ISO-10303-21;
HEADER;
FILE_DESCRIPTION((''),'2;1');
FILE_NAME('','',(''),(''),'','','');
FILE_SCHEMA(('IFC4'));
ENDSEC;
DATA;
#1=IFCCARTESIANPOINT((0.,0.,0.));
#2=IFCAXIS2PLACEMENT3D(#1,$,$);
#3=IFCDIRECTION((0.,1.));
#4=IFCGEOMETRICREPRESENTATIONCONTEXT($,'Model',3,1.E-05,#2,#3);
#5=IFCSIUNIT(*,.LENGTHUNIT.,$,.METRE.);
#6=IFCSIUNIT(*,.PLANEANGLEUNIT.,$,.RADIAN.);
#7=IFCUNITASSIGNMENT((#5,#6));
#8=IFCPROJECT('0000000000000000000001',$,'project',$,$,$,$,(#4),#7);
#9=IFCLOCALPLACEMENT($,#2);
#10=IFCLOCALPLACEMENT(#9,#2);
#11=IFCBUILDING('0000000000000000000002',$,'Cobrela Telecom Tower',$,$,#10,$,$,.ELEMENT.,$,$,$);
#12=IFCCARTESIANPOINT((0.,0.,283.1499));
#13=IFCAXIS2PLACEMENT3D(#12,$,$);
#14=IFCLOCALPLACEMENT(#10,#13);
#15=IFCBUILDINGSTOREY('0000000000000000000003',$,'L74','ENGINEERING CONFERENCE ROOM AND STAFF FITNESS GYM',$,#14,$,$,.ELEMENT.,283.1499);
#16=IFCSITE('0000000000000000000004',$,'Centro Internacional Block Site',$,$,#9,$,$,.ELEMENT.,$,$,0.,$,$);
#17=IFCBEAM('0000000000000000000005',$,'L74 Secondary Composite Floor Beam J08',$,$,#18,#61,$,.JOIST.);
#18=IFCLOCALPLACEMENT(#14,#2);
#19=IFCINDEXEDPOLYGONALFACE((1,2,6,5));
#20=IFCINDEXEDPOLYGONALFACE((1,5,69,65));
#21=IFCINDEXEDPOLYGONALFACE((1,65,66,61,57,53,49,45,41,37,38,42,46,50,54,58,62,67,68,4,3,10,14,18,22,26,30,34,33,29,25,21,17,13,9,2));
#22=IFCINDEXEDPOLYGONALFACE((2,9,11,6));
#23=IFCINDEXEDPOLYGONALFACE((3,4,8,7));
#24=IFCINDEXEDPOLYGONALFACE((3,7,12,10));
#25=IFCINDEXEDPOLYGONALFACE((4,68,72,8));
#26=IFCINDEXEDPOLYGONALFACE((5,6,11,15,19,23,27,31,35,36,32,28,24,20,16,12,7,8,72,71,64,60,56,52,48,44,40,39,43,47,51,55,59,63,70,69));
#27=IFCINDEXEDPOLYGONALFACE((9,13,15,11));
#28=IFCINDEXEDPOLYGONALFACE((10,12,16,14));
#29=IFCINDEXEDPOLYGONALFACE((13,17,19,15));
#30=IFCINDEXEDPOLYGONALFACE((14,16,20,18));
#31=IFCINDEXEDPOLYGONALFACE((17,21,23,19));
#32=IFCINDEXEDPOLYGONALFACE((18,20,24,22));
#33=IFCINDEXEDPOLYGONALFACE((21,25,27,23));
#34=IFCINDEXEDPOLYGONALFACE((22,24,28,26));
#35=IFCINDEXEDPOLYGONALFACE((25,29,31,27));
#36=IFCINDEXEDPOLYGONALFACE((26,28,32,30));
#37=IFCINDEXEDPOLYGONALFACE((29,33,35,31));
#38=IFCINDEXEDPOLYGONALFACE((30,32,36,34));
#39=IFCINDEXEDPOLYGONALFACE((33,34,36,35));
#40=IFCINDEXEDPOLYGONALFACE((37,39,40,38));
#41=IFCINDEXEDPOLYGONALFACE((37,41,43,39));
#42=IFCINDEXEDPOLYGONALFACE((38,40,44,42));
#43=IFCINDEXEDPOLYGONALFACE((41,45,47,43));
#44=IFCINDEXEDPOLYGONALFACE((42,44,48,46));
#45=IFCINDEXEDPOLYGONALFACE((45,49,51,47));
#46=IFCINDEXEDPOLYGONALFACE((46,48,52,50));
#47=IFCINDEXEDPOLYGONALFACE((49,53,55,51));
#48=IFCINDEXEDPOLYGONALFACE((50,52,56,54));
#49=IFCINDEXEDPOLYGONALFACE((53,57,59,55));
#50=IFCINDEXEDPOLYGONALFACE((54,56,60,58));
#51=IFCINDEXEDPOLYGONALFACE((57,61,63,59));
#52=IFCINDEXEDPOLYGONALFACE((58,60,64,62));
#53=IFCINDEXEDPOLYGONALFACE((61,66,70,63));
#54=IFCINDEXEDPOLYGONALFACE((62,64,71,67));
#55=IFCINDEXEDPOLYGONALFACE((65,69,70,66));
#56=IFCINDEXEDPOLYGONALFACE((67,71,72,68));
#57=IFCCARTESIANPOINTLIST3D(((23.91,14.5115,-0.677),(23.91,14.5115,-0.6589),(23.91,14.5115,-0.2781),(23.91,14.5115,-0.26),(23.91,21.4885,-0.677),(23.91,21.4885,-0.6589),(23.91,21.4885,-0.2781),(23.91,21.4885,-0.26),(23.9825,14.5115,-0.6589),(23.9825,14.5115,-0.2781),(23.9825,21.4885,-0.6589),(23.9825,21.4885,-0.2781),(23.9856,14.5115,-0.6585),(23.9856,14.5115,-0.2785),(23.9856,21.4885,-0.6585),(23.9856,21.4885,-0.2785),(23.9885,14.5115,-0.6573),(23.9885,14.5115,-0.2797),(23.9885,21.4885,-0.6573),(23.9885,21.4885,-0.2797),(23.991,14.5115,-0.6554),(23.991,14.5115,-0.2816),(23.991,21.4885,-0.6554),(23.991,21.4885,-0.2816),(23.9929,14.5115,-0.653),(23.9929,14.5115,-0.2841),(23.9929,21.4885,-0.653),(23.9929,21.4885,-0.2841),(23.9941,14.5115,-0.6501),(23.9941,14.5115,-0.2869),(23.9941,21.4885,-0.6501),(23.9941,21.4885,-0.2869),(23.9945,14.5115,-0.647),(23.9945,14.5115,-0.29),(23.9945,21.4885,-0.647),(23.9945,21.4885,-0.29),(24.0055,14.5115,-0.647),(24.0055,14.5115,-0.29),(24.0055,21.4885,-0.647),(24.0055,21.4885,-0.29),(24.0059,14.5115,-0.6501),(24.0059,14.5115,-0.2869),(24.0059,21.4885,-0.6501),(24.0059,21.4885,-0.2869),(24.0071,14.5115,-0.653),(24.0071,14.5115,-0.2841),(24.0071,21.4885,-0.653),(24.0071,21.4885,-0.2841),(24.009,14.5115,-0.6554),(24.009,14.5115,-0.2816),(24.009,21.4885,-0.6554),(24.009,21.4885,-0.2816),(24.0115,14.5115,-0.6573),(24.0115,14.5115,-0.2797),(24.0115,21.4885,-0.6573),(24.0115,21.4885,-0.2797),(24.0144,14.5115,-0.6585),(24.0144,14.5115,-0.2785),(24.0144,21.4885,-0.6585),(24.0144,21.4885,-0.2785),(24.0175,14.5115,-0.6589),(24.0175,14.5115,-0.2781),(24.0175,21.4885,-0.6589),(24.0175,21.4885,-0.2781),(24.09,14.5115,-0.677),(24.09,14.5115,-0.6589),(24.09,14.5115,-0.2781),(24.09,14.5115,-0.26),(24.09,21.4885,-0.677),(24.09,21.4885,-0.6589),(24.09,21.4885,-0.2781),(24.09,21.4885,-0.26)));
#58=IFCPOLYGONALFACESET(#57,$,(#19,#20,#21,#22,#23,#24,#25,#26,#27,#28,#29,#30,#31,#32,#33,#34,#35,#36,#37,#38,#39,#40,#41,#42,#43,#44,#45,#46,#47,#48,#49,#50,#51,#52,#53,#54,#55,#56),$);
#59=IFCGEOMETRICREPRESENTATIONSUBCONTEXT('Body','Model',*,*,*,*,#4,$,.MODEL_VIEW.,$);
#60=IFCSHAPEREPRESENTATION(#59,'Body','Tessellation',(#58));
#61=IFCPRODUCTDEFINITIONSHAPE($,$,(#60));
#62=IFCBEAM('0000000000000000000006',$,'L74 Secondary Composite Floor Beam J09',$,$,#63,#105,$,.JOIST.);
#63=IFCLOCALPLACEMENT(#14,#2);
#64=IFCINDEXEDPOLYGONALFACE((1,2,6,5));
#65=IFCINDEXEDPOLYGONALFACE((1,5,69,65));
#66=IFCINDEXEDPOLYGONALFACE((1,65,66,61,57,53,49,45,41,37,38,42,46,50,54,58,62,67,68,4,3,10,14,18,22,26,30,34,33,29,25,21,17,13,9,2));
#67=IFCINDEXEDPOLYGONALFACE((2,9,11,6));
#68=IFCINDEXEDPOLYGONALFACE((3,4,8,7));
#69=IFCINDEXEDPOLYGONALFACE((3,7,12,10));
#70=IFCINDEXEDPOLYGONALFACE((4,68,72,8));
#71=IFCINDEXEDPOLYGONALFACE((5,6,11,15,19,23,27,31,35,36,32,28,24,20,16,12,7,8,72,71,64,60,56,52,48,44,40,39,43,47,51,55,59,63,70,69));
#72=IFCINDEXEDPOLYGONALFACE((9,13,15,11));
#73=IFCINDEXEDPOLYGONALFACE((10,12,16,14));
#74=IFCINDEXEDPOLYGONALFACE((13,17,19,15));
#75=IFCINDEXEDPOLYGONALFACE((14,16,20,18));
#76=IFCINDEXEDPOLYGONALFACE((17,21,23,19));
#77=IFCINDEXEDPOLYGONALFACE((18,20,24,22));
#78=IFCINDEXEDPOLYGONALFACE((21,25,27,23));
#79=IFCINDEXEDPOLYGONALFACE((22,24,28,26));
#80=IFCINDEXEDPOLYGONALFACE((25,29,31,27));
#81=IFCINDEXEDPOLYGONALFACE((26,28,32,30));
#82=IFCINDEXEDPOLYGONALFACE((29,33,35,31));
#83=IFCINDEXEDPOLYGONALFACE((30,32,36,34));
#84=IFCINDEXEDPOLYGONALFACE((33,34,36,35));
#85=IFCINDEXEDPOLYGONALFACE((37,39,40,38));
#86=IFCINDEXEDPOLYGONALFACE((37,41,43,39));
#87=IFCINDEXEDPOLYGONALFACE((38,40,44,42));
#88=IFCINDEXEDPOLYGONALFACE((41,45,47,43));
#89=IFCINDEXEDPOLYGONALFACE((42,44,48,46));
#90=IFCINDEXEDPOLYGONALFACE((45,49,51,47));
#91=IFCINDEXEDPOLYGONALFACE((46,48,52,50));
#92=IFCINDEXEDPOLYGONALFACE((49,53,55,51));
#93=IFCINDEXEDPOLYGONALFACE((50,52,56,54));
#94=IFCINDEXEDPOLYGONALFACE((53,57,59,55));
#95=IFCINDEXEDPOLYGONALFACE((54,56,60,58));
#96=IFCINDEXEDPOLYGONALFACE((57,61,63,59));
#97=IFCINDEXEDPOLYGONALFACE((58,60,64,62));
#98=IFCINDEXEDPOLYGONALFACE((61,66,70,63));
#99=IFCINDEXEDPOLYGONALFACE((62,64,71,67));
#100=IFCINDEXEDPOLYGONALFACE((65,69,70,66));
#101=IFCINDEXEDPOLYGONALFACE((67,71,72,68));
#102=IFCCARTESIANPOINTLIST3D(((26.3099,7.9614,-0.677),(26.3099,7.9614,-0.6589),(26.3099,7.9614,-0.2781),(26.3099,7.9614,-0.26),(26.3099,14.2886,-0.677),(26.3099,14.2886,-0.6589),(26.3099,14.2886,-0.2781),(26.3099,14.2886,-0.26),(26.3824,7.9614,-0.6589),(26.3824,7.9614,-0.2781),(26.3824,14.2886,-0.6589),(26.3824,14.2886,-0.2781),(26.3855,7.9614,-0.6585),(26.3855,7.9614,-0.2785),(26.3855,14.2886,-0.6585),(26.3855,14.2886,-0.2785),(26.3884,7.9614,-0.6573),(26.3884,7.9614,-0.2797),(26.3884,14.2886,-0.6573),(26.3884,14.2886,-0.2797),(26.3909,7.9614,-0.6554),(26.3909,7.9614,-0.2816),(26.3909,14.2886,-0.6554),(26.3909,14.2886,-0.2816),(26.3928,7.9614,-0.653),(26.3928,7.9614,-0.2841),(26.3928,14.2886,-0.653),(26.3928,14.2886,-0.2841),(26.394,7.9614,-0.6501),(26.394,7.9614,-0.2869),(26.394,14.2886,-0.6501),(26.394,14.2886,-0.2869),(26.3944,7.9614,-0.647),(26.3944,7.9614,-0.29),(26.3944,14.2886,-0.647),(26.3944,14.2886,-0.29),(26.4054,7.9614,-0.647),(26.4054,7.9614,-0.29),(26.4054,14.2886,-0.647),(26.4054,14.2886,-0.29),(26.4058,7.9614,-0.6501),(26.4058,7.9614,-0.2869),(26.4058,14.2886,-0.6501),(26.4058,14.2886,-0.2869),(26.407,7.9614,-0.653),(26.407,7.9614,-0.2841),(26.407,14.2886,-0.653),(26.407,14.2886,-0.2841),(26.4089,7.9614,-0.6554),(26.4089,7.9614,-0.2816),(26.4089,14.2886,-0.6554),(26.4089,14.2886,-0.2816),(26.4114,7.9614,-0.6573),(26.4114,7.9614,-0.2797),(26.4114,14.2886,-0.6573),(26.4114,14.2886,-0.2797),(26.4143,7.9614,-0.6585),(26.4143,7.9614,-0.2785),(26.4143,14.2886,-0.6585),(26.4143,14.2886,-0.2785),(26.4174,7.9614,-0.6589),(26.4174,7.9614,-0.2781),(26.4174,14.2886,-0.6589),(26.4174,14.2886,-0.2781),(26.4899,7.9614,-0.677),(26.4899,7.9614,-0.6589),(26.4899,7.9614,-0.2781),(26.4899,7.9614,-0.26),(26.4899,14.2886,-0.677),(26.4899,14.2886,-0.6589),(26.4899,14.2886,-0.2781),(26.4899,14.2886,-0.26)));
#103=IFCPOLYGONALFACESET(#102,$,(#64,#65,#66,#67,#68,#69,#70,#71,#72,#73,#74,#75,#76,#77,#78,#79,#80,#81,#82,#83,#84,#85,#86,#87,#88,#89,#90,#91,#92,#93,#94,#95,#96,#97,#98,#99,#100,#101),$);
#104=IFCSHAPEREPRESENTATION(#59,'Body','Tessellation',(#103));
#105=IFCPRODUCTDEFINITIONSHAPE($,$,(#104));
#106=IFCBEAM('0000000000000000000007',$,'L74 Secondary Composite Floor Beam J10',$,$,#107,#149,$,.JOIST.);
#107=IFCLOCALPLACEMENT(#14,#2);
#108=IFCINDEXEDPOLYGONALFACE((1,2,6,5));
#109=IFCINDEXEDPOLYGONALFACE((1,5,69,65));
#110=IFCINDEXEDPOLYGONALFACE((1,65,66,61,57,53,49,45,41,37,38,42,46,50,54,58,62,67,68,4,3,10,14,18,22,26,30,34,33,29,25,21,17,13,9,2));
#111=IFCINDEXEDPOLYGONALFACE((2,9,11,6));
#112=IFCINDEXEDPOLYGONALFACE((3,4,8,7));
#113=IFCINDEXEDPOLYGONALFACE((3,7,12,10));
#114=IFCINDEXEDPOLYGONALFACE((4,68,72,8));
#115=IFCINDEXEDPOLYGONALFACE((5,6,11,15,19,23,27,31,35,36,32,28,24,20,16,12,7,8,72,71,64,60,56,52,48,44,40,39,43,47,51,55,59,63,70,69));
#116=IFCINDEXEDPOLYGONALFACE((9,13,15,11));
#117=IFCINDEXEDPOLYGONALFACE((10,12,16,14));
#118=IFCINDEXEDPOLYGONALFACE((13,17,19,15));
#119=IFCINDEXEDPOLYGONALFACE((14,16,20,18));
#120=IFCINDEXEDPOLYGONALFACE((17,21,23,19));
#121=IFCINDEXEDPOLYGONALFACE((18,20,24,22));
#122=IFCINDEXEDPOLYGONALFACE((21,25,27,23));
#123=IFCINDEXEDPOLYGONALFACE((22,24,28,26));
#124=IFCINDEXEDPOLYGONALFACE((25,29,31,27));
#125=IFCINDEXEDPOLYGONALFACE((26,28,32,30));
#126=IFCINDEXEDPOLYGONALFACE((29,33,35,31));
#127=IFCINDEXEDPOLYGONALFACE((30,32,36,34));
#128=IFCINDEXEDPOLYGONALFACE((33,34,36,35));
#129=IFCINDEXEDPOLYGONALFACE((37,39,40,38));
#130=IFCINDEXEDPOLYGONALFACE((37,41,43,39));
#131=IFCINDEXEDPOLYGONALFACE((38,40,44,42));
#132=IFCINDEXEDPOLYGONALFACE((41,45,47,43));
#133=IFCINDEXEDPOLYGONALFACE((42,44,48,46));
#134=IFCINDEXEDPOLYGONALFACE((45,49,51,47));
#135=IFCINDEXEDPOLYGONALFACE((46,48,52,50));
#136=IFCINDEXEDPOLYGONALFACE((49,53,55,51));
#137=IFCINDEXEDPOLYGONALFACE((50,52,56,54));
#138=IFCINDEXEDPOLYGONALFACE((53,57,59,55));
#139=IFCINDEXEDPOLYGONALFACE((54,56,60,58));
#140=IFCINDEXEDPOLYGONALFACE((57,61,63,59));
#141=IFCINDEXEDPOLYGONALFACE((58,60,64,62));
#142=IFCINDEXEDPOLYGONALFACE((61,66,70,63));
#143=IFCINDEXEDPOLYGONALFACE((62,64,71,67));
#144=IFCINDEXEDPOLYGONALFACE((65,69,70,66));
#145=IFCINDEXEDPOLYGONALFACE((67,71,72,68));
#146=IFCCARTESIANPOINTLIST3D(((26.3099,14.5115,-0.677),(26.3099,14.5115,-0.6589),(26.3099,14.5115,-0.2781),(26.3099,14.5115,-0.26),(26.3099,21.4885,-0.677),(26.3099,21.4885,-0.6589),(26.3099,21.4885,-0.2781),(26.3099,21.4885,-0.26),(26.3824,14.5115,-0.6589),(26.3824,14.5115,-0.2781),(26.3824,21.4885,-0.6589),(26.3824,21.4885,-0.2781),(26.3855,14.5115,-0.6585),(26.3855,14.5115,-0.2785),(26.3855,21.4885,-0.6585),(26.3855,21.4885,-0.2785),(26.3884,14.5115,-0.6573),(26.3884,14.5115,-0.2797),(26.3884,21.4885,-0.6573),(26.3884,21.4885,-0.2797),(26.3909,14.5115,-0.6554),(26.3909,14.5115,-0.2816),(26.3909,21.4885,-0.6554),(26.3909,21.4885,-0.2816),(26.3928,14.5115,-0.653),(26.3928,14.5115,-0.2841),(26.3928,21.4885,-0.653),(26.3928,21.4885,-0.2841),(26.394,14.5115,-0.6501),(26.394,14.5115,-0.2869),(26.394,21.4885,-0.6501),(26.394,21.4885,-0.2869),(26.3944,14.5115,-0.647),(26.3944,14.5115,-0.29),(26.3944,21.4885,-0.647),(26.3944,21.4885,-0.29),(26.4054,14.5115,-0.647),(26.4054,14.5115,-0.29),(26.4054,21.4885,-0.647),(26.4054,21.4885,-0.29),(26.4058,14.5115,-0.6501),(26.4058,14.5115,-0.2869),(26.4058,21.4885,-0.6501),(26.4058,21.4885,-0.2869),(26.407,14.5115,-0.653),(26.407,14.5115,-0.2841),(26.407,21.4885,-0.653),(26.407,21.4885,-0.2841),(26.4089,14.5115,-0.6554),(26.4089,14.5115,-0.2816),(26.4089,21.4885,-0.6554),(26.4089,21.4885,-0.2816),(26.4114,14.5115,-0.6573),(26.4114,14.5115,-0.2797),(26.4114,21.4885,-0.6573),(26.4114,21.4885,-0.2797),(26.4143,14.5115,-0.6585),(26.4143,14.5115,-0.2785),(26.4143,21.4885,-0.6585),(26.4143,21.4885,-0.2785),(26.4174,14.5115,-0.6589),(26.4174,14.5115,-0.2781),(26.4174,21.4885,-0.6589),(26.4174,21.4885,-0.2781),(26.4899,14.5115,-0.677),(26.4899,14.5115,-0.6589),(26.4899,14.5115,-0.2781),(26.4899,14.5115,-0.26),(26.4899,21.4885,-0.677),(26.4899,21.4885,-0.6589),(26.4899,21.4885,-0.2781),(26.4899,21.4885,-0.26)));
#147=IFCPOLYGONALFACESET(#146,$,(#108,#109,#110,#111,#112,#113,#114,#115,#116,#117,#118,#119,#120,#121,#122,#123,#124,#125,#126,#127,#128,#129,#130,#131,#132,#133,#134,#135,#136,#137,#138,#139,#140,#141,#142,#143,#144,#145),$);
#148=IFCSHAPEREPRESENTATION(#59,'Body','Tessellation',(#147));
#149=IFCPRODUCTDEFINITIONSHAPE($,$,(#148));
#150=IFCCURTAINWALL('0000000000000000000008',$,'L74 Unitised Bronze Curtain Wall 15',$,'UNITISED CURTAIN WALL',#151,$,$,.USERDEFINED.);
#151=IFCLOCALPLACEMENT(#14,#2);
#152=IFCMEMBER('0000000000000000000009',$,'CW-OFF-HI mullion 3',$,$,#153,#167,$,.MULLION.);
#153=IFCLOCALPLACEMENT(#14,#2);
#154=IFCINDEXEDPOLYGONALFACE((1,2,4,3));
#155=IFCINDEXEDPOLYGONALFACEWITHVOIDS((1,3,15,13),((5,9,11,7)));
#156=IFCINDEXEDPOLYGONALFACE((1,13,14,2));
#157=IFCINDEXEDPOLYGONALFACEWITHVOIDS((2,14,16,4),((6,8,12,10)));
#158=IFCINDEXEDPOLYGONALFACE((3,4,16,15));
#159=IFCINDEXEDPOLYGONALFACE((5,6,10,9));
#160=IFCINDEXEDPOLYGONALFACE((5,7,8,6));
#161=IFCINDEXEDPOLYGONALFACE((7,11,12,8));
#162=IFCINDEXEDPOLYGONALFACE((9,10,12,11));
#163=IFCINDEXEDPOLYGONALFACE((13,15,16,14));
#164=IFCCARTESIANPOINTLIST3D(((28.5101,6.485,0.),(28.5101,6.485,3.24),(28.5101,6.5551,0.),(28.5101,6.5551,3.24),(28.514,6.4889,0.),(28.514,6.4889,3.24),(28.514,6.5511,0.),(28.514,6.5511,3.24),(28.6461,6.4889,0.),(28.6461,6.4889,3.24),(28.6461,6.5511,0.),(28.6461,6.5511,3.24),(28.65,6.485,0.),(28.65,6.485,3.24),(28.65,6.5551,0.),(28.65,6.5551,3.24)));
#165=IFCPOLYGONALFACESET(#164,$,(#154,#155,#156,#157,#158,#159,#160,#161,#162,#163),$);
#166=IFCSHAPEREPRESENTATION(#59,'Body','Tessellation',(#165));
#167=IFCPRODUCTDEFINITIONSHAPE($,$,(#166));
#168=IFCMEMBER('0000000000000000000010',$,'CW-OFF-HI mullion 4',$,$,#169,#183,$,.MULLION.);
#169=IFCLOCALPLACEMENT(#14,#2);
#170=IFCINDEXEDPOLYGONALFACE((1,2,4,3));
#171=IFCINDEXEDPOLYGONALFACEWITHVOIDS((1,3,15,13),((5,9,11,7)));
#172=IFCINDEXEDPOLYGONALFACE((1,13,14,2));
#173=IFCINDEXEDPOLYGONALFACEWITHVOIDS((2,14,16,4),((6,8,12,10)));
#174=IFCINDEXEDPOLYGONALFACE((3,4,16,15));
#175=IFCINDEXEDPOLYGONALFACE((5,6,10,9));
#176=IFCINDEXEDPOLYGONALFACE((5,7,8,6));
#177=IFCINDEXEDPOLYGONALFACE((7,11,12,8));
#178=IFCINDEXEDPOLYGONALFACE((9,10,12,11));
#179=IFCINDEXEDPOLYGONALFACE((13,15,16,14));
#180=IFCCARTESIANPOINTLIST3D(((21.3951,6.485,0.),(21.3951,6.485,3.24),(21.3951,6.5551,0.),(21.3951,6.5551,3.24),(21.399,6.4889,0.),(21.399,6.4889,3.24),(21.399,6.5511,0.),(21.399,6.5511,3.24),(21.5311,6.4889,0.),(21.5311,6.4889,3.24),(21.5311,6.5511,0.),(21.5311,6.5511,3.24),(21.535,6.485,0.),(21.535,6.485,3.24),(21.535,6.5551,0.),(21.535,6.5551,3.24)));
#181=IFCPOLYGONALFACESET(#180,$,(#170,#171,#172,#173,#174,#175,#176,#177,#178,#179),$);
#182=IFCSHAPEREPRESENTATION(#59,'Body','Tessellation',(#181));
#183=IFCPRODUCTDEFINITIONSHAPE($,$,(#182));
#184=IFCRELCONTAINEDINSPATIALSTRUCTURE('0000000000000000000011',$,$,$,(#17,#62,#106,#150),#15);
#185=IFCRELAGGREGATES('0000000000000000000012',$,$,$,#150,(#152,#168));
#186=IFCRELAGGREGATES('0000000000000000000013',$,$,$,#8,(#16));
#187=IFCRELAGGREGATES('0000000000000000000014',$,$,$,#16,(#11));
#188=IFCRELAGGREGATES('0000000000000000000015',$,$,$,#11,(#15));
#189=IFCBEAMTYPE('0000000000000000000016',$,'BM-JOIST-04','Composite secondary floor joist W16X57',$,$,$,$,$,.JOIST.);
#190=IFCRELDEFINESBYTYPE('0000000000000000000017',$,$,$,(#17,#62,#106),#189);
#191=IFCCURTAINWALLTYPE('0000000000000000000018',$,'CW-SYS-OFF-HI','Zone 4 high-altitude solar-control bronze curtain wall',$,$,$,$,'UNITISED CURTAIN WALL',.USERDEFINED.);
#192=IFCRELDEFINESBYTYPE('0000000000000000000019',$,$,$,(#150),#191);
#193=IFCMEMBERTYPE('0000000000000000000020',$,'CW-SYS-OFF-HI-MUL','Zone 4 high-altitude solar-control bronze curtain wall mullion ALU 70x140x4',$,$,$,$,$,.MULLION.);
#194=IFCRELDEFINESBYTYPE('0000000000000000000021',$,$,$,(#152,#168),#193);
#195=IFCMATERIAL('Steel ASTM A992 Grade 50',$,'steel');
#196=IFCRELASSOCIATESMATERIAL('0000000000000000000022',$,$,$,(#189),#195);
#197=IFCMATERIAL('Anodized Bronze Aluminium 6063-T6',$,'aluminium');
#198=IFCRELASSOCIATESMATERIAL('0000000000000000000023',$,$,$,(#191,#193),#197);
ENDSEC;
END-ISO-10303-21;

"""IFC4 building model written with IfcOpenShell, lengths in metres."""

from ifc_helpers import new_model, si_unit, direction, frame, origin, origin_2d, place, context, subcontext, project, spatial, hollow_rectangle, i_section, extrude, material, material_profile, profile_set, type_object, element, aggregate, save


model = new_model("IFC4")

# Units and contexts
model_context = context("Model", 3, precision=1e-05, world=origin(), true_north=direction((0.0, 1.0)))
body_context = subcontext(model_context, "Body", "Model", "MODEL_VIEW")
ifc_project = project(units=[si_unit("LENGTHUNIT", "METRE"), si_unit("PLANEANGLEUNIT", "RADIAN")], contexts=[model_context])

# Site, building, storey
site_placement = place(None, origin())
site = spatial("IfcSite", under=ifc_project, at=site_placement, Name="Centro Internacional Block Site", CompositionType="ELEMENT", RefElevation=0.0)
building_placement = place(site_placement, origin())
building = spatial("IfcBuilding", under=site, at=building_placement, Name="Cobrela Telecom Tower", CompositionType="ELEMENT")
storey_placement = place(building_placement, frame((0.0, 0.0, 283.1499)))
storey = spatial("IfcBuildingStorey", under=building, at=storey_placement, Name="L74", Description="ENGINEERING CONFERENCE ROOM AND STAFF FITNESS GYM", CompositionType="ELEMENT", Elevation=283.1499)

# Shared definitions
ifc_material_1 = material(Name="Steel ASTM A992 Grade 50", Category="steel")

# Beams
ifc_material_profile_1 = material_profile(ifc_material_1, i_section(OverallWidth=0.1799, OverallDepth=0.417, WebThickness=0.011, FlangeThickness=0.0181, FilletRadius=0.012, at=origin_2d()), Name="W16X57")
ifc_profile_set_1 = profile_set([ifc_material_profile_1], Name="Steel ASTM A992 Grade 50")
beam_type_1 = type_object("IfcBeamType", Name="BM-JOIST-04", Description="Composite secondary floor joist W16X57", PredefinedType="JOIST", material=ifc_profile_set_1)
beam_1_placement = place(storey_placement, frame((24.0, 14.5115, -0.4685), z_axis=(0.0, 1.0, 0.0), x_axis=(-1.0, 0.0, 0.0)))
element("IfcBeam", 1, at=beam_1_placement, inside=storey, type_object=beam_type_1, Name="L74 Secondary Composite Floor Beam J08", PredefinedType="JOIST", context=body_context, shape_type="SweptSolid", body=[
    extrude(i_section(OverallWidth=0.1799, OverallDepth=0.417, WebThickness=0.011, FlangeThickness=0.0181, FilletRadius=0.012, at=origin_2d()), origin(), (0.0, 0.0, 1.0), 6.9771),
])
beam_2_placement = place(storey_placement, frame((26.3999, 7.9614, -0.4685), z_axis=(0.0, 1.0, 0.0), x_axis=(-1.0, 0.0, 0.0)))
element("IfcBeam", 2, at=beam_2_placement, inside=storey, type_object=beam_type_1, Name="L74 Secondary Composite Floor Beam J09", PredefinedType="JOIST", context=body_context, shape_type="SweptSolid", body=[
    extrude(i_section(OverallWidth=0.1799, OverallDepth=0.417, WebThickness=0.011, FlangeThickness=0.0181, FilletRadius=0.012, at=origin_2d()), origin(), (0.0, 0.0, 1.0), 6.3271),
])
beam_3_placement = place(storey_placement, frame((26.3999, 14.5115, -0.4685), z_axis=(0.0, 1.0, 0.0), x_axis=(-1.0, 0.0, 0.0)))
element("IfcBeam", 3, at=beam_3_placement, inside=storey, type_object=beam_type_1, Name="L74 Secondary Composite Floor Beam J10", PredefinedType="JOIST", context=body_context, shape_type="SweptSolid", body=[
    extrude(i_section(OverallWidth=0.1799, OverallDepth=0.417, WebThickness=0.011, FlangeThickness=0.0181, FilletRadius=0.012, at=origin_2d()), origin(), (0.0, 0.0, 1.0), 6.9771),
])

# Curtain wall, members
ifc_material_2 = material(Name="Anodized Bronze Aluminium 6063-T6", Category="aluminium")
curtain_wall_type = type_object("IfcCurtainWallType", Name="CW-SYS-OFF-HI", Description="Zone 4 high-altitude solar-control bronze curtain wall", ElementType="UNITISED CURTAIN WALL", PredefinedType="USERDEFINED", material=ifc_material_2)
curtain_wall_placement = place(storey_placement, origin())
curtain_wall = element("IfcCurtainWall", 4, at=curtain_wall_placement, inside=storey, type_object=curtain_wall_type, Name="L74 Unitised Bronze Curtain Wall 15", ObjectType="UNITISED CURTAIN WALL", PredefinedType="USERDEFINED")
ifc_material_profile_2 = material_profile(ifc_material_2, hollow_rectangle(XDim=0.0701, YDim=0.1399, WallThickness=0.0039, at=origin_2d()), Name="ALU 70x140x4")
ifc_profile_set_2 = profile_set([ifc_material_profile_2], Name="Anodized Bronze Aluminium 6063-T6")
member_type_1 = type_object("IfcMemberType", Name="CW-SYS-OFF-HI-MUL", Description="Zone 4 high-altitude solar-control bronze curtain wall mullion ALU 70x140x4", PredefinedType="MULLION", material=ifc_profile_set_2)
member_1_placement = place(storey_placement, frame((28.5801, 6.52, 0.0), z_axis=(0.0, 0.0, 1.0), x_axis=(0.0, -1.0, 0.0)))
member_1 = element("IfcMember", 5, at=member_1_placement, type_object=member_type_1, Name="CW-OFF-HI mullion 3", PredefinedType="MULLION", context=body_context, shape_type="SweptSolid", body=[
    extrude(hollow_rectangle(XDim=0.0701, YDim=0.1399, WallThickness=0.0039, at=origin_2d()), origin(), (0.0, 0.0, 1.0), 3.24),
])
member_2_placement = place(storey_placement, frame((21.4651, 6.52, 0.0), z_axis=(0.0, 0.0, 1.0), x_axis=(0.0, -1.0, 0.0)))
member_2 = element("IfcMember", 6, at=member_2_placement, type_object=member_type_1, Name="CW-OFF-HI mullion 4", PredefinedType="MULLION", context=body_context, shape_type="SweptSolid", body=[
    extrude(hollow_rectangle(XDim=0.0701, YDim=0.1399, WallThickness=0.0039, at=origin_2d()), origin(), (0.0, 0.0, 1.0), 3.24),
])
aggregate(curtain_wall, [member_1, member_2])

save(model, "model.ifc")
